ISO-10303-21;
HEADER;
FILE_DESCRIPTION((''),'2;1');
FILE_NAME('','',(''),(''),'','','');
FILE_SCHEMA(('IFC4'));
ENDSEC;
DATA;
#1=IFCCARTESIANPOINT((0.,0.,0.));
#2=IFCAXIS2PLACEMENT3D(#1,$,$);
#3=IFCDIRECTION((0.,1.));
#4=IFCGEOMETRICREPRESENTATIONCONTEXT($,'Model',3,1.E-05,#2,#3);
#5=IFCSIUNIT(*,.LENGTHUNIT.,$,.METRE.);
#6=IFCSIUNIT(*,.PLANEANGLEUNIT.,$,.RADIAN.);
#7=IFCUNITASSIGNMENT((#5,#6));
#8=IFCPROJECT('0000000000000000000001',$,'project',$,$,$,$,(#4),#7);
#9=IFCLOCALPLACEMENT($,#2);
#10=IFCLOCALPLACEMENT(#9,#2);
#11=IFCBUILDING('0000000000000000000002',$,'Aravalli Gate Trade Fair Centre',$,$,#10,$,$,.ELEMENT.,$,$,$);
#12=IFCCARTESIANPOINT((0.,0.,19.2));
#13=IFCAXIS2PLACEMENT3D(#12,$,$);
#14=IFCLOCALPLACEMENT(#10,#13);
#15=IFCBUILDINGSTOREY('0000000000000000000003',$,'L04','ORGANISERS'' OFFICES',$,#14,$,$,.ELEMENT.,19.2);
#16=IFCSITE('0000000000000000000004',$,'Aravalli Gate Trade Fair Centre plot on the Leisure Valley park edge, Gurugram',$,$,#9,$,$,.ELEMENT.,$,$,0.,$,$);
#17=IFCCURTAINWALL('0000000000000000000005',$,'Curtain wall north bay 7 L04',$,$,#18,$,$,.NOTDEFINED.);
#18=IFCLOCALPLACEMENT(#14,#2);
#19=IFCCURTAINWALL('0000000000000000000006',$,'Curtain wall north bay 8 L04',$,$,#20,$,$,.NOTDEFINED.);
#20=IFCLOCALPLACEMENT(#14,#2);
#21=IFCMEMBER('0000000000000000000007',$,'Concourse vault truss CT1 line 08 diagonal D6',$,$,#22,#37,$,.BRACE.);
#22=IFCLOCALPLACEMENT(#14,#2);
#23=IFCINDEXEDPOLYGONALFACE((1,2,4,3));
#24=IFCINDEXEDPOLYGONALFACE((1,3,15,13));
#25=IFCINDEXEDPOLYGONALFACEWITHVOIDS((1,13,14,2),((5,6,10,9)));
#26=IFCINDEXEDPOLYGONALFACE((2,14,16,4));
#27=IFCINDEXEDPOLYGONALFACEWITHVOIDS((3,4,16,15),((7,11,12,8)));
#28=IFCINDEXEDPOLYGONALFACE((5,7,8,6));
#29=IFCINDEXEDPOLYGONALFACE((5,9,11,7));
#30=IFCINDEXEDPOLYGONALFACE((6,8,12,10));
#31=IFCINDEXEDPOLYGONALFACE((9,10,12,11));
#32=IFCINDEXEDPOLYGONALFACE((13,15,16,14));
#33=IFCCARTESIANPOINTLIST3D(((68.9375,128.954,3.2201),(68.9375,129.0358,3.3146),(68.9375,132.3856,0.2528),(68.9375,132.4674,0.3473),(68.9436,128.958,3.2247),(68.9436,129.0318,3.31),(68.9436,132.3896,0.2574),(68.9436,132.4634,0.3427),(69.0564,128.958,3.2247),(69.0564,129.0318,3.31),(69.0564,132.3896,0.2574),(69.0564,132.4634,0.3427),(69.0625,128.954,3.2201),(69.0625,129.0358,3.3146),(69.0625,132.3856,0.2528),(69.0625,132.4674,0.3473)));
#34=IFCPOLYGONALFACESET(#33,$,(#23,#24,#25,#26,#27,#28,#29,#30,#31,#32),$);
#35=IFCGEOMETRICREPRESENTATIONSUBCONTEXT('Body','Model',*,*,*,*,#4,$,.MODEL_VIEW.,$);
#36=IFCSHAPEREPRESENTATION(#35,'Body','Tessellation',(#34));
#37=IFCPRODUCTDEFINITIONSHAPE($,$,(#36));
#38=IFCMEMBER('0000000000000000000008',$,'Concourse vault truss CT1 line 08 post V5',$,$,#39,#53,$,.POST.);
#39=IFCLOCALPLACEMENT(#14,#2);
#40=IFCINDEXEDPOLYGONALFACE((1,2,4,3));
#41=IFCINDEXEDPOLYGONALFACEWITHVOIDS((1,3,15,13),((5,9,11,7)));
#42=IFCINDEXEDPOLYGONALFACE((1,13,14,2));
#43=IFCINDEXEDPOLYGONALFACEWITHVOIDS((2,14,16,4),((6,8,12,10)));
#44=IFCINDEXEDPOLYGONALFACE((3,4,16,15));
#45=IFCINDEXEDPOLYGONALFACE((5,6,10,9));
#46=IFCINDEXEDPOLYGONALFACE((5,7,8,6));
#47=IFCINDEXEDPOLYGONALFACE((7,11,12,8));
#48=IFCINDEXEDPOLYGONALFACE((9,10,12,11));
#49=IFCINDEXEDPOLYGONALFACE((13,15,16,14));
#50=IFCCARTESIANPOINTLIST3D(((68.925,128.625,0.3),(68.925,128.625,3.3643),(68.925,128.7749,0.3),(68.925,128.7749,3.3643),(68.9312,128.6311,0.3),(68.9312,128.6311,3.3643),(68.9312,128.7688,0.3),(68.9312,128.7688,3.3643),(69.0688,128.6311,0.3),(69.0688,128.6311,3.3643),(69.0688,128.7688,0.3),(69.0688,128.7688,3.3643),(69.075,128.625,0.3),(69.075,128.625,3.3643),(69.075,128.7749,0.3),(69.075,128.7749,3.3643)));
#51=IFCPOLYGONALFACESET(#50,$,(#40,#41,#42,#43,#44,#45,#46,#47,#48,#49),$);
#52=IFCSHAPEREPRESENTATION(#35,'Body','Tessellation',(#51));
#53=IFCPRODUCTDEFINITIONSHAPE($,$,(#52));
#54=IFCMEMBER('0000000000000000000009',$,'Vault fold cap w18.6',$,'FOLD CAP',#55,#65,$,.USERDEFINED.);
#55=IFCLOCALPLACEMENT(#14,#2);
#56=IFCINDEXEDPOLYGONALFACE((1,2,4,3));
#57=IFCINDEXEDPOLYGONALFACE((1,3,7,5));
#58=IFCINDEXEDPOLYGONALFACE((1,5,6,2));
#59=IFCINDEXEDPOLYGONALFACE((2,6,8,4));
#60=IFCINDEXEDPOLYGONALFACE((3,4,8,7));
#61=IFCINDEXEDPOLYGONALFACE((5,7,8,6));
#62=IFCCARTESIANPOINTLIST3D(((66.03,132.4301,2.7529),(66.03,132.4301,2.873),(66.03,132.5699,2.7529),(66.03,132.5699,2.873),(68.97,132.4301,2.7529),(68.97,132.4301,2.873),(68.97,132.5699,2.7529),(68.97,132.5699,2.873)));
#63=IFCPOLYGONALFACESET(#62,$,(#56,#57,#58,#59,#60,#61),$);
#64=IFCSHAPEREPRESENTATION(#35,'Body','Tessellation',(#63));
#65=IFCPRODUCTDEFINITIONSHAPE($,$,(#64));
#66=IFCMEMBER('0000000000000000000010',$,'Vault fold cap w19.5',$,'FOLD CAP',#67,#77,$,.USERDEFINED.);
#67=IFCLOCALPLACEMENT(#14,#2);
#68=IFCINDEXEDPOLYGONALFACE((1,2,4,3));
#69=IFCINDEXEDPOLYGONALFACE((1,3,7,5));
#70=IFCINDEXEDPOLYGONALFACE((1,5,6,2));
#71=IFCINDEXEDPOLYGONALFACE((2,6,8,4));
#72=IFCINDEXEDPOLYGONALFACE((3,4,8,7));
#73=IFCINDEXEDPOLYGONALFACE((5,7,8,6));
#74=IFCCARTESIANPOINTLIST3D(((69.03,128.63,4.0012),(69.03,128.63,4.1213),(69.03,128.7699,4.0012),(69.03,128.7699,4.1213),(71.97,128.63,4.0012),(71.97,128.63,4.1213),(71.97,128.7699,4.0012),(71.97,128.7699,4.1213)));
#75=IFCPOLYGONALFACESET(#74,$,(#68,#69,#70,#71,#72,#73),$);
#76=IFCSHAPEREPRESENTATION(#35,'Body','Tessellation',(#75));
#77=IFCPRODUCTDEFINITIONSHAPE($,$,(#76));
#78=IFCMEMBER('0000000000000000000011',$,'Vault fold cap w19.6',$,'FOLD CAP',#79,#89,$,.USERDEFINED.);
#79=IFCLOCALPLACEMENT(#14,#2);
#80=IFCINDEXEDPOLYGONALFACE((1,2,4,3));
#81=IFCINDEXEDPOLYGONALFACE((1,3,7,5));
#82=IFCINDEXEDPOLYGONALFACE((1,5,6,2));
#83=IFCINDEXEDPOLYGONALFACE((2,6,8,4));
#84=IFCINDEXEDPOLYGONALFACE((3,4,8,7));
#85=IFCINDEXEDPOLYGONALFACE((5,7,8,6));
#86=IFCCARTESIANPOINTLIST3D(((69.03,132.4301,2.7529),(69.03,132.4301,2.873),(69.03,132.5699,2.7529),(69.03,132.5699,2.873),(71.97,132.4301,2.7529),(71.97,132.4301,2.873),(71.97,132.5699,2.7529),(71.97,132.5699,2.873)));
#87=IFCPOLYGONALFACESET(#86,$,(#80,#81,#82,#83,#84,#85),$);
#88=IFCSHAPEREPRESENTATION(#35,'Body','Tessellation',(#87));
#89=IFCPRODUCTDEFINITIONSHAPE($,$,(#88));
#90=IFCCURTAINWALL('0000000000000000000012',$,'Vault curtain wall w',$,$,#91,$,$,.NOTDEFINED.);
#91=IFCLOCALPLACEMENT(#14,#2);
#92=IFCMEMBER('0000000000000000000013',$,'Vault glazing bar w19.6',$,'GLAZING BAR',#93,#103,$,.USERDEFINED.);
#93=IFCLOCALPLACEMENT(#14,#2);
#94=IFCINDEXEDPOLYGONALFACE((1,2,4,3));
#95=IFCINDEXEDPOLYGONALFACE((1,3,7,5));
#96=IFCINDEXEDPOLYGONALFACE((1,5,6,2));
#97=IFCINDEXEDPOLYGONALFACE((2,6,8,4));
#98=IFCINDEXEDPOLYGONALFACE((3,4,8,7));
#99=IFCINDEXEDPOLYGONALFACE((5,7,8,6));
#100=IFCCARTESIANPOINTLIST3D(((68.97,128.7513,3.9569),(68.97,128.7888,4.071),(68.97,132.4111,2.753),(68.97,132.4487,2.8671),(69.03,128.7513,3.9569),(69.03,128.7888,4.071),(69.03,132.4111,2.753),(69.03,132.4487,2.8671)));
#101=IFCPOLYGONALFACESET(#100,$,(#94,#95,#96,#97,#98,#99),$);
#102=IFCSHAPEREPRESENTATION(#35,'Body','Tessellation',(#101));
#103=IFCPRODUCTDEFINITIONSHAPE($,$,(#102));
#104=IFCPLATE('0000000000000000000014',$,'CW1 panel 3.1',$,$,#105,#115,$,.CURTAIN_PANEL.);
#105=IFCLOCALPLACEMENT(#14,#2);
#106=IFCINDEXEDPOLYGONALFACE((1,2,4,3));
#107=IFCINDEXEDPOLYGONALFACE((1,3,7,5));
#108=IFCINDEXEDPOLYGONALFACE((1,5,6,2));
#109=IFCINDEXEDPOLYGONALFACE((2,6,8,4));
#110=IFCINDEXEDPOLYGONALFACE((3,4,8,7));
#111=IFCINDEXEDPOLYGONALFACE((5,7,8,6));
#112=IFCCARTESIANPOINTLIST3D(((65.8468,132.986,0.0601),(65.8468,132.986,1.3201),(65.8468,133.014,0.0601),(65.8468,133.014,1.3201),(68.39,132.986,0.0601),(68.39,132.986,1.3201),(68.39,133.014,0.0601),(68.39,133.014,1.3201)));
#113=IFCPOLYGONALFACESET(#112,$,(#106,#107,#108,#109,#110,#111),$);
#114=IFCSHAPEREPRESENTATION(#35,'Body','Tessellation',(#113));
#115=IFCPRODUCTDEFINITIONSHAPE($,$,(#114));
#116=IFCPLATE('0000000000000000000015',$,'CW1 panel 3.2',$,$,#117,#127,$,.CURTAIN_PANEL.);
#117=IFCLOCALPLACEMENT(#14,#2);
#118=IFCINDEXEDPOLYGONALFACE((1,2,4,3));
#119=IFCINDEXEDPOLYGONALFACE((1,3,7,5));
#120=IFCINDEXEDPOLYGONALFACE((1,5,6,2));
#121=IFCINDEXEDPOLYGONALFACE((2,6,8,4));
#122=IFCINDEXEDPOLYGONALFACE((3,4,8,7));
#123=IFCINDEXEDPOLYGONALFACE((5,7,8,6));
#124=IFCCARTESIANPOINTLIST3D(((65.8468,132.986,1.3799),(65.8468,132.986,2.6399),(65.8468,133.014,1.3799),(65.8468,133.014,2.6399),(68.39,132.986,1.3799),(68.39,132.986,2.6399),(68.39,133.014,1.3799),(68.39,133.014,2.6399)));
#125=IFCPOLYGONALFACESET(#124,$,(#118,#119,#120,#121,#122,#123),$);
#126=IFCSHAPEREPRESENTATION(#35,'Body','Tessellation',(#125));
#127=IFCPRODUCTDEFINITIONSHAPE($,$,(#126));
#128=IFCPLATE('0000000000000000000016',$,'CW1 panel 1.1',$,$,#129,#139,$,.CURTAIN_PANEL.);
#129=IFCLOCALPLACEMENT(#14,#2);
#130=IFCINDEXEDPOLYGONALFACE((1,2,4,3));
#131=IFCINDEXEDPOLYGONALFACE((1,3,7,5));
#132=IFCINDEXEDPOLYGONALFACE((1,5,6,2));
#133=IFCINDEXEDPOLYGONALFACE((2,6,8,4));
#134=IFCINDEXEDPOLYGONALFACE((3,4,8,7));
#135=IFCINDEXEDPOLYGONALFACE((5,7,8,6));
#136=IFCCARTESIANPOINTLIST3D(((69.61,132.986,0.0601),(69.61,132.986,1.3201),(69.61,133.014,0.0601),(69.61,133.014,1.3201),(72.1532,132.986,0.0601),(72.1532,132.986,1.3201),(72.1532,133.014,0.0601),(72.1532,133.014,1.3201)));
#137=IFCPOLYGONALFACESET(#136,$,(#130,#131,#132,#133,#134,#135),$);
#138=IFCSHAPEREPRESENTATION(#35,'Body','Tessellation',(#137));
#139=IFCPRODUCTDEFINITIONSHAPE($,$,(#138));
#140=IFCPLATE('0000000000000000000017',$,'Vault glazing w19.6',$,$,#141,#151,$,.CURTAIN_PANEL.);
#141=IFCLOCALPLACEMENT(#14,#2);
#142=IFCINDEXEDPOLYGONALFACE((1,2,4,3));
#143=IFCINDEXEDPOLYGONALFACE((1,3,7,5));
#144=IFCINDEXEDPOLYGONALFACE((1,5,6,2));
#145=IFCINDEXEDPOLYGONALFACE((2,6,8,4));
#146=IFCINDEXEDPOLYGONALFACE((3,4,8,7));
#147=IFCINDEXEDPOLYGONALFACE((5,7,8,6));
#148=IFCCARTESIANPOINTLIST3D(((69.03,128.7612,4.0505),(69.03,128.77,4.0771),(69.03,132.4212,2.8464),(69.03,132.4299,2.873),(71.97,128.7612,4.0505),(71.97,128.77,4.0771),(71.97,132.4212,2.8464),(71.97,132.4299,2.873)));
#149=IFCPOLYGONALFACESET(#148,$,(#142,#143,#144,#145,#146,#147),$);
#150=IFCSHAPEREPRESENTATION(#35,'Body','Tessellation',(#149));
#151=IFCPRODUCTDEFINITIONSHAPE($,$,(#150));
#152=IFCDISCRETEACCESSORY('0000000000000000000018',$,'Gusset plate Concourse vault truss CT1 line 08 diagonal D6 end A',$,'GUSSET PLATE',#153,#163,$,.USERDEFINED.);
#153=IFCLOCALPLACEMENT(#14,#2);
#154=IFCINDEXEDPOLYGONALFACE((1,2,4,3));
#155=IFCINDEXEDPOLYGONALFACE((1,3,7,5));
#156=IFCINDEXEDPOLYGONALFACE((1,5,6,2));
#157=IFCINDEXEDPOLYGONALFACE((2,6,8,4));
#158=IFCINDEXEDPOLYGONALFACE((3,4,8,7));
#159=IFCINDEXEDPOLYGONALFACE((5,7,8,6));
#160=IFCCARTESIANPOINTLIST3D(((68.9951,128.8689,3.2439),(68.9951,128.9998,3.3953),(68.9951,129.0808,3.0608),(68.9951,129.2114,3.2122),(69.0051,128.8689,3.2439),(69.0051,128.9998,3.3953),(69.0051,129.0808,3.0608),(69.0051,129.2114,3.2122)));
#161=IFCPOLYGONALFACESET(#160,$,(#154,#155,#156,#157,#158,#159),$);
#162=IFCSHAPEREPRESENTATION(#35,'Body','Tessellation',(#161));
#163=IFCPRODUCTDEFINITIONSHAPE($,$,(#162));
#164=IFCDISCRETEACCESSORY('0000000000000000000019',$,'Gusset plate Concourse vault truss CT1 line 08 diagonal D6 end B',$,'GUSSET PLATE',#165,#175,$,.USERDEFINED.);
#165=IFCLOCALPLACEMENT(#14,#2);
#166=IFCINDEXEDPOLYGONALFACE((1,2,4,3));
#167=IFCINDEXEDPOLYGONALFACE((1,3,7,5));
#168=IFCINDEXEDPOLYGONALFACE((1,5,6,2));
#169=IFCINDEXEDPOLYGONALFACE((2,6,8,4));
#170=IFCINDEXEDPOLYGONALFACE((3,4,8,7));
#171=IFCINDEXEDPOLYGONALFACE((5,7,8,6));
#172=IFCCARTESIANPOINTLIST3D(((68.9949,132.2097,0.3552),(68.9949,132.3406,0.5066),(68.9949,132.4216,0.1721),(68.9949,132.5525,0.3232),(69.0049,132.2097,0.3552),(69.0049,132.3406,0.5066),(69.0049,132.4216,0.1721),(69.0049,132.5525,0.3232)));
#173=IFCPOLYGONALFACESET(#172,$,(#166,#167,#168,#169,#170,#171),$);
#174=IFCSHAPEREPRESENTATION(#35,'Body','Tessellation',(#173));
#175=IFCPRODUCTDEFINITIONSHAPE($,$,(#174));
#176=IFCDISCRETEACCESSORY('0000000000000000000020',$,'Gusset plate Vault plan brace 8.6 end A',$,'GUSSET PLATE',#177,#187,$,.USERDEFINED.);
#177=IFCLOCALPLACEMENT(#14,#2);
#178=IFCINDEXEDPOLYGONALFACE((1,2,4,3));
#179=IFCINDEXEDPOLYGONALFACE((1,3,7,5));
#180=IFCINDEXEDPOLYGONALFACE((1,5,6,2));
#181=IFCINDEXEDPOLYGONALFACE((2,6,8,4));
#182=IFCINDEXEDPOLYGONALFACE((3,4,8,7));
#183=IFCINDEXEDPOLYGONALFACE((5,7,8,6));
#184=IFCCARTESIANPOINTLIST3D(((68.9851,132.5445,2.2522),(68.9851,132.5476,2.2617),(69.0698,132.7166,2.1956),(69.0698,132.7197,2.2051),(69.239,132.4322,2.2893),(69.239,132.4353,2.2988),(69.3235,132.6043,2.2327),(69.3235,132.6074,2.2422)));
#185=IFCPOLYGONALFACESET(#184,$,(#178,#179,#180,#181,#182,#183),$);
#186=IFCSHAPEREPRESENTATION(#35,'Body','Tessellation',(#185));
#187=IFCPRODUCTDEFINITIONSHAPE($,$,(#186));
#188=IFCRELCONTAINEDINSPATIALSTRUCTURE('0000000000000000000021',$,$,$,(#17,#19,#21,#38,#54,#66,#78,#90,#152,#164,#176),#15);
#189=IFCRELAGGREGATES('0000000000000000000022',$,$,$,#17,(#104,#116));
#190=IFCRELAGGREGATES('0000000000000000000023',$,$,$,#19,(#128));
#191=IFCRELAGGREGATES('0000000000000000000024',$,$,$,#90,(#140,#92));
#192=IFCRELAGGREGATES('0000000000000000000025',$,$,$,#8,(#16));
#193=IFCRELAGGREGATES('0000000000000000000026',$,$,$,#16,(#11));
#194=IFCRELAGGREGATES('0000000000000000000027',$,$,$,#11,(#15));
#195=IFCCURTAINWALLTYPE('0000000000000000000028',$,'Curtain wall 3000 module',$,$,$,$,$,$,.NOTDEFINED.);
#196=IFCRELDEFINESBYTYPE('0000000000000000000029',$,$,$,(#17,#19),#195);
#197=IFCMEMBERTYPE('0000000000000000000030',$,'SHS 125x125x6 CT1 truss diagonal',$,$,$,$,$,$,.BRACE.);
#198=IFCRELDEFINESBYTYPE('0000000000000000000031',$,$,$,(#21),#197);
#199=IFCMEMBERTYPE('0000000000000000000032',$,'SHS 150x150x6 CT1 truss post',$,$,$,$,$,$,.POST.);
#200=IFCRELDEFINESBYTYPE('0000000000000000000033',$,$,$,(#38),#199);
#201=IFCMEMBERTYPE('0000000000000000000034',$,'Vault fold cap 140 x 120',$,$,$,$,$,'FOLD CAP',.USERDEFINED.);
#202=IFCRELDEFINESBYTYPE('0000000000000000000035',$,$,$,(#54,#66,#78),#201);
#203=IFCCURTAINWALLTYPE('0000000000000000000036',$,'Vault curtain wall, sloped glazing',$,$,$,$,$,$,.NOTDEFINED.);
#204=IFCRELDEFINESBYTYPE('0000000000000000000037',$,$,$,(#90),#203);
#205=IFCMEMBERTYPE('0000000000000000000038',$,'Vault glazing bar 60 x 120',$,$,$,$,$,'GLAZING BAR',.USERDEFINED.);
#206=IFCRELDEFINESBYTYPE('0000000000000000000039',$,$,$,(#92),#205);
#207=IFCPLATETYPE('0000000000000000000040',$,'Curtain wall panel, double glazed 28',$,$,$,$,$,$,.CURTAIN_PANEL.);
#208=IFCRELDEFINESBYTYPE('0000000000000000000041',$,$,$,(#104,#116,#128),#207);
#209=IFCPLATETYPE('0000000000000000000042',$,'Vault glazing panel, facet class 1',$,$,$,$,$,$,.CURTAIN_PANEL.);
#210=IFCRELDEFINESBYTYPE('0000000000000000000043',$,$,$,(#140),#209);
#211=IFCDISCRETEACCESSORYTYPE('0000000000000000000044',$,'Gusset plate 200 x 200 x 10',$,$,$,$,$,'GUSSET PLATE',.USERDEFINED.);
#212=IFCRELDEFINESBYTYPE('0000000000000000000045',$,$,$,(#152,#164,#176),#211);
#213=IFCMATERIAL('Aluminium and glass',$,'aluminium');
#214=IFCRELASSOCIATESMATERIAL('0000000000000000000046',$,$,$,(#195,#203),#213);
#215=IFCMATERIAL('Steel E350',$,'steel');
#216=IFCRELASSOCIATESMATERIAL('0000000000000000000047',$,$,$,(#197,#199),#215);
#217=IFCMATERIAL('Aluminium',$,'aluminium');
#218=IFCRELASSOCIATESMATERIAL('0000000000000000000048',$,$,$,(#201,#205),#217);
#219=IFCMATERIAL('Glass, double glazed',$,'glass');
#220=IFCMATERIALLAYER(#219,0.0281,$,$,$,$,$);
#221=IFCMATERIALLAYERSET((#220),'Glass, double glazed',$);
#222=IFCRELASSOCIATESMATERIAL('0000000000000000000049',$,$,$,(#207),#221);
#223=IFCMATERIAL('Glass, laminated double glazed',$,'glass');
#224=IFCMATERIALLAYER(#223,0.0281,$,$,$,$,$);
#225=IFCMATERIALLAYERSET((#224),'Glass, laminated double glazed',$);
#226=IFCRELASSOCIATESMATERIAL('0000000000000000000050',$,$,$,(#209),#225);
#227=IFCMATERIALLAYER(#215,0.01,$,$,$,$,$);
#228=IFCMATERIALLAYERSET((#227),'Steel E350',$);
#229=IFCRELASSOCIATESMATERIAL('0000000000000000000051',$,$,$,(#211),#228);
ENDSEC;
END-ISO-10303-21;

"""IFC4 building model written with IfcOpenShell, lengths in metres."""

from ifc_helpers import new_model, si_unit, direction, frame, origin, origin_2d, place, context, subcontext, project, spatial, polyline, rectangle, hollow_rectangle, outline, extrude, material, layer, layer_set, material_profile, profile_set, type_object, element, aggregate, save


model = new_model("IFC4")

# Units and contexts
model_context = context("Model", 3, precision=1e-05, world=origin(), true_north=direction((0.0, 1.0)))
body_context = subcontext(model_context, "Body", "Model", "MODEL_VIEW")
ifc_project = project(units=[si_unit("LENGTHUNIT", "METRE"), si_unit("PLANEANGLEUNIT", "RADIAN")], contexts=[model_context])

# Site, building, storey
site_placement = place(None, origin())
site = spatial("IfcSite", under=ifc_project, at=site_placement, Name="Aravalli Gate Trade Fair Centre plot on the Leisure Valley park edge, Gurugram", CompositionType="ELEMENT", RefElevation=0.0)
building_placement = place(site_placement, origin())
building = spatial("IfcBuilding", under=site, at=building_placement, Name="Aravalli Gate Trade Fair Centre", CompositionType="ELEMENT")
storey_placement = place(building_placement, frame((0.0, 0.0, 19.2)))
storey = spatial("IfcBuildingStorey", under=building, at=storey_placement, Name="L04", Description="ORGANISERS' OFFICES", CompositionType="ELEMENT", Elevation=19.2)

# Shared definitions
ifc_material_1 = material(Name="Steel E350", Category="steel")

# Curtain wall
ifc_material_2 = material(Name="Aluminium and glass", Category="aluminium")
curtain_wall_type_1 = type_object("IfcCurtainWallType", Name="Curtain wall 3000 module", PredefinedType="NOTDEFINED", material=ifc_material_2)
curtain_wall_1_placement = place(storey_placement, origin())
curtain_wall_1 = element("IfcCurtainWall", 1, at=curtain_wall_1_placement, inside=storey, type_object=curtain_wall_type_1, Name="Curtain wall north bay 7 L04", PredefinedType="NOTDEFINED")
ifc_material_3 = material(Name="Aluminium", Category="aluminium")

# Curtain wall
curtain_wall_2_placement = place(storey_placement, origin())
curtain_wall_2 = element("IfcCurtainWall", 2, at=curtain_wall_2_placement, inside=storey, type_object=curtain_wall_type_1, Name="Curtain wall north bay 8 L04", PredefinedType="NOTDEFINED")

# Members
ifc_material_profile_1 = material_profile(ifc_material_1, hollow_rectangle(XDim=0.125, YDim=0.125, WallThickness=0.0061, at=origin_2d()), Name="SHS 125x125x6")
ifc_profile_set_1 = profile_set([ifc_material_profile_1], Name="Steel E350")
member_type_1 = type_object("IfcMemberType", Name="SHS 125x125x6 CT1 truss diagonal", PredefinedType="BRACE", material=ifc_profile_set_1)
member_1_placement = place(storey_placement, frame((69.0, 128.9949, 3.2673), z_axis=(0.0, 0.756431, -0.654074), x_axis=(-1.0, 0.0, 0.0)))
element("IfcMember", 3, at=member_1_placement, inside=storey, type_object=member_type_1, Name="Concourse vault truss CT1 line 08 diagonal D6", PredefinedType="BRACE", context=body_context, shape_type="SweptSolid", body=[
    extrude(hollow_rectangle(XDim=0.125, YDim=0.125, WallThickness=0.0061, at=origin_2d()), origin(), (0.0, 0.0, 1.0), 4.5366),
])
ifc_material_profile_2 = material_profile(ifc_material_1, hollow_rectangle(XDim=0.1499, YDim=0.1499, WallThickness=0.0061, at=origin_2d()), Name="SHS 150x150x6")
ifc_profile_set_2 = profile_set([ifc_material_profile_2], Name="Steel E350")
member_type_2 = type_object("IfcMemberType", Name="SHS 150x150x6 CT1 truss post", PredefinedType="POST", material=ifc_profile_set_2)
member_2_placement = place(storey_placement, frame((69.0, 128.7, 0.3), z_axis=(0.0, 0.0, 1.0), x_axis=(1.0, 0.0, 0.0)))
element("IfcMember", 4, at=member_2_placement, inside=storey, type_object=member_type_2, Name="Concourse vault truss CT1 line 08 post V5", PredefinedType="POST", context=body_context, shape_type="SweptSolid", body=[
    extrude(hollow_rectangle(XDim=0.1499, YDim=0.1499, WallThickness=0.0061, at=origin_2d()), origin(), (0.0, 0.0, 1.0), 3.0642),
])
ifc_material_profile_3 = material_profile(ifc_material_3, rectangle(XDim=0.1399, YDim=0.1201, at=origin_2d()), Name="Vault fold cap 140 x 120")
ifc_profile_set_3 = profile_set([ifc_material_profile_3], Name="Aluminium")
member_type_3 = type_object("IfcMemberType", Name="Vault fold cap 140 x 120", ElementType="FOLD CAP", PredefinedType="USERDEFINED", material=ifc_profile_set_3)
for number, where, z_axis, x_axis, name in (
    (5, (66.03, 132.5, 2.813), (1.0, 0.0, 0.0), (0.0, 1.0, 0.0), "Vault fold cap w18.6"),
    (6, (69.03, 128.7, 4.0613), (1.0, 0.0, 0.0), (0.0, 1.0, 0.0), "Vault fold cap w19.5"),
    (7, (69.03, 132.5, 2.813), (1.0, 0.0, 0.0), (0.0, 1.0, 0.0), "Vault fold cap w19.6"),
):
    element("IfcMember", number, at=place(storey_placement, frame(where, z_axis=z_axis, x_axis=x_axis)), inside=storey, type_object=member_type_3, Name=name, ObjectType="FOLD CAP", PredefinedType="USERDEFINED", context=body_context, shape_type="SweptSolid", body=[
        extrude(rectangle(XDim=0.1399, YDim=0.1201, at=origin_2d()), origin(), (0.0, 0.0, 1.0), 2.9399),
    ])

# Curtain wall, member
curtain_wall_type_2 = type_object("IfcCurtainWallType", Name="Vault curtain wall, sloped glazing", PredefinedType="NOTDEFINED", material=ifc_material_2)
curtain_wall_3_placement = place(storey_placement, origin())
curtain_wall_3 = element("IfcCurtainWall", 8, at=curtain_wall_3_placement, inside=storey, type_object=curtain_wall_type_2, Name="Vault curtain wall w", PredefinedType="NOTDEFINED")
ifc_material_profile_4 = material_profile(ifc_material_3, rectangle(XDim=0.0601, YDim=0.1201, at=origin_2d()), Name="Vault glazing bar 60 x 120")
ifc_profile_set_4 = profile_set([ifc_material_profile_4], Name="Aluminium")
member_type_4 = type_object("IfcMemberType", Name="Vault glazing bar 60 x 120", ElementType="GLAZING BAR", PredefinedType="USERDEFINED", material=ifc_profile_set_4)
member_3_placement = place(storey_placement, frame((69.0, 128.77, 4.0139), z_axis=(0.0, 0.94993, -0.312461), x_axis=(-1.0, 0.0, 0.0)))
member_3 = element("IfcMember", 9, at=member_3_placement, type_object=member_type_4, Name="Vault glazing bar w19.6", ObjectType="GLAZING BAR", PredefinedType="USERDEFINED", context=body_context, shape_type="SweptSolid", body=[
    extrude(rectangle(XDim=0.0601, YDim=0.1201, at=origin_2d()), origin(), (0.0, 0.0, 1.0), 3.8528),
])

# Plates
ifc_material_4 = material(Name="Glass, double glazed", Category="glass")
ifc_layer_1 = layer(ifc_material_4, 0.0281)
ifc_layer_set_1 = layer_set([ifc_layer_1], Name="Glass, double glazed")
plate_type_1 = type_object("IfcPlateType", Name="Curtain wall panel, double glazed 28", PredefinedType="CURTAIN_PANEL", material=ifc_layer_set_1)
plate_1_placement = place(storey_placement, frame((67.1184, 133.0, 0.0601), z_axis=(0.0, 0.0, 1.0), x_axis=(1.0, 0.0, 0.0)))
plate_1 = element("IfcPlate", 10, at=plate_1_placement, type_object=plate_type_1, Name="CW1 panel 3.1", PredefinedType="CURTAIN_PANEL", context=body_context, shape_type="SweptSolid", body=[
    extrude(rectangle(XDim=2.5432, YDim=0.0281, at=origin_2d()), origin(), (0.0, 0.0, 1.0), 1.26),
])
plate_2_placement = place(storey_placement, frame((67.1184, 133.0, 1.3799), z_axis=(0.0, 0.0, 1.0), x_axis=(1.0, 0.0, 0.0)))
plate_2 = element("IfcPlate", 11, at=plate_2_placement, type_object=plate_type_1, Name="CW1 panel 3.2", PredefinedType="CURTAIN_PANEL", context=body_context, shape_type="SweptSolid", body=[
    extrude(rectangle(XDim=2.5432, YDim=0.0281, at=origin_2d()), origin(), (0.0, 0.0, 1.0), 1.26),
])
aggregate(curtain_wall_1, [plate_1, plate_2])
plate_3_placement = place(storey_placement, frame((70.8816, 133.0, 0.0601), z_axis=(0.0, 0.0, 1.0), x_axis=(1.0, 0.0, 0.0)))
plate_3 = element("IfcPlate", 12, at=plate_3_placement, type_object=plate_type_1, Name="CW1 panel 1.1", PredefinedType="CURTAIN_PANEL", context=body_context, shape_type="SweptSolid", body=[
    extrude(rectangle(XDim=2.5432, YDim=0.0281, at=origin_2d()), origin(), (0.0, 0.0, 1.0), 1.26),
])
aggregate(curtain_wall_2, [plate_3])
ifc_material_5 = material(Name="Glass, laminated double glazed", Category="glass")
ifc_layer_2 = layer(ifc_material_5, 0.0281)
ifc_layer_set_2 = layer_set([ifc_layer_2], Name="Glass, laminated double glazed")
plate_type_2 = type_object("IfcPlateType", Name="Vault glazing panel, facet class 1", PredefinedType="CURTAIN_PANEL", material=ifc_layer_set_2)
plate_4_placement = place(storey_placement, frame((69.03, 128.77, 4.0771), z_axis=(0.0, 0.312518, 0.949912), x_axis=(1.0, 0.0, 0.0)))
plate_4 = element("IfcPlate", 13, at=plate_4_placement, type_object=plate_type_2, Name="Vault glazing w19.6", PredefinedType="CURTAIN_PANEL", context=body_context, shape_type="SweptSolid", body=[
    extrude(outline(polyline([(0.0, 0.0), (2.9399, 0.0), (2.9399, 3.8529), (0.0, 3.8529), (0.0, 0.0)])), origin(), (0.0, 0.0, -1.0), 0.0281),
])
aggregate(curtain_wall_3, [plate_4, member_3])

# Discrete accessories
ifc_layer_3 = layer(ifc_material_1, 0.01)
ifc_layer_set_3 = layer_set([ifc_layer_3], Name="Steel E350")
discrete_accessory_type = type_object("IfcDiscreteAccessoryType", Name="Gusset plate 200 x 200 x 10", ElementType="GUSSET PLATE", PredefinedType="USERDEFINED", material=ifc_layer_set_3)
discrete_accessory_1_placement = place(storey_placement, frame((68.9951, 129.0808, 3.0608), z_axis=(-1.0, 0.0, 0.0), x_axis=(0.0, -0.756666, 0.653801)))
element("IfcDiscreteAccessory", 14, at=discrete_accessory_1_placement, inside=storey, type_object=discrete_accessory_type, Name="Gusset plate Concourse vault truss CT1 line 08 diagonal D6 end A", ObjectType="GUSSET PLATE", PredefinedType="USERDEFINED", context=body_context, shape_type="SweptSolid", body=[
    extrude(outline(polyline([(0.0, 0.0), (0.2801, 0.0), (0.28, 0.2001), (0.0001, 0.1999), (0.0, 0.0)])), origin(), (0.0, 0.0, -1.0), 0.01),
])
discrete_accessory_2_placement = place(storey_placement, frame((69.0049, 132.2097, 0.3552), z_axis=(1.0, 0.0, 0.0), x_axis=(0.0, 0.756666, -0.653801)))
element("IfcDiscreteAccessory", 15, at=discrete_accessory_2_placement, inside=storey, type_object=discrete_accessory_type, Name="Gusset plate Concourse vault truss CT1 line 08 diagonal D6 end B", ObjectType="GUSSET PLATE", PredefinedType="USERDEFINED", context=body_context, shape_type="SweptSolid", body=[
    extrude(outline(polyline([(0.0, 0.0), (0.2801, 0.0), (0.2803, 0.1999), (0.0001, 0.2001), (0.0, 0.0)])), origin(), (0.0, 0.0, -1.0), 0.01),
])
discrete_accessory_3_placement = place(storey_placement, frame((69.239, 132.4353, 2.2988), z_axis=(-0.000468, 0.312795, 0.94982), x_axis=(-0.906474, 0.40094, -0.132485)))
element("IfcDiscreteAccessory", 16, at=discrete_accessory_3_placement, inside=storey, type_object=discrete_accessory_type, Name="Gusset plate Vault plan brace 8.6 end A", ObjectType="GUSSET PLATE", PredefinedType="USERDEFINED", context=body_context, shape_type="SweptSolid", body=[
    extrude(outline(polyline([(0.0, 0.0), (0.2801, 0.0), (0.2798, -0.2), (-0.0001, -0.1999), (0.0, 0.0)])), origin(), (0.0, 0.0, -1.0), 0.01),
])

save(model, "model.ifc")
